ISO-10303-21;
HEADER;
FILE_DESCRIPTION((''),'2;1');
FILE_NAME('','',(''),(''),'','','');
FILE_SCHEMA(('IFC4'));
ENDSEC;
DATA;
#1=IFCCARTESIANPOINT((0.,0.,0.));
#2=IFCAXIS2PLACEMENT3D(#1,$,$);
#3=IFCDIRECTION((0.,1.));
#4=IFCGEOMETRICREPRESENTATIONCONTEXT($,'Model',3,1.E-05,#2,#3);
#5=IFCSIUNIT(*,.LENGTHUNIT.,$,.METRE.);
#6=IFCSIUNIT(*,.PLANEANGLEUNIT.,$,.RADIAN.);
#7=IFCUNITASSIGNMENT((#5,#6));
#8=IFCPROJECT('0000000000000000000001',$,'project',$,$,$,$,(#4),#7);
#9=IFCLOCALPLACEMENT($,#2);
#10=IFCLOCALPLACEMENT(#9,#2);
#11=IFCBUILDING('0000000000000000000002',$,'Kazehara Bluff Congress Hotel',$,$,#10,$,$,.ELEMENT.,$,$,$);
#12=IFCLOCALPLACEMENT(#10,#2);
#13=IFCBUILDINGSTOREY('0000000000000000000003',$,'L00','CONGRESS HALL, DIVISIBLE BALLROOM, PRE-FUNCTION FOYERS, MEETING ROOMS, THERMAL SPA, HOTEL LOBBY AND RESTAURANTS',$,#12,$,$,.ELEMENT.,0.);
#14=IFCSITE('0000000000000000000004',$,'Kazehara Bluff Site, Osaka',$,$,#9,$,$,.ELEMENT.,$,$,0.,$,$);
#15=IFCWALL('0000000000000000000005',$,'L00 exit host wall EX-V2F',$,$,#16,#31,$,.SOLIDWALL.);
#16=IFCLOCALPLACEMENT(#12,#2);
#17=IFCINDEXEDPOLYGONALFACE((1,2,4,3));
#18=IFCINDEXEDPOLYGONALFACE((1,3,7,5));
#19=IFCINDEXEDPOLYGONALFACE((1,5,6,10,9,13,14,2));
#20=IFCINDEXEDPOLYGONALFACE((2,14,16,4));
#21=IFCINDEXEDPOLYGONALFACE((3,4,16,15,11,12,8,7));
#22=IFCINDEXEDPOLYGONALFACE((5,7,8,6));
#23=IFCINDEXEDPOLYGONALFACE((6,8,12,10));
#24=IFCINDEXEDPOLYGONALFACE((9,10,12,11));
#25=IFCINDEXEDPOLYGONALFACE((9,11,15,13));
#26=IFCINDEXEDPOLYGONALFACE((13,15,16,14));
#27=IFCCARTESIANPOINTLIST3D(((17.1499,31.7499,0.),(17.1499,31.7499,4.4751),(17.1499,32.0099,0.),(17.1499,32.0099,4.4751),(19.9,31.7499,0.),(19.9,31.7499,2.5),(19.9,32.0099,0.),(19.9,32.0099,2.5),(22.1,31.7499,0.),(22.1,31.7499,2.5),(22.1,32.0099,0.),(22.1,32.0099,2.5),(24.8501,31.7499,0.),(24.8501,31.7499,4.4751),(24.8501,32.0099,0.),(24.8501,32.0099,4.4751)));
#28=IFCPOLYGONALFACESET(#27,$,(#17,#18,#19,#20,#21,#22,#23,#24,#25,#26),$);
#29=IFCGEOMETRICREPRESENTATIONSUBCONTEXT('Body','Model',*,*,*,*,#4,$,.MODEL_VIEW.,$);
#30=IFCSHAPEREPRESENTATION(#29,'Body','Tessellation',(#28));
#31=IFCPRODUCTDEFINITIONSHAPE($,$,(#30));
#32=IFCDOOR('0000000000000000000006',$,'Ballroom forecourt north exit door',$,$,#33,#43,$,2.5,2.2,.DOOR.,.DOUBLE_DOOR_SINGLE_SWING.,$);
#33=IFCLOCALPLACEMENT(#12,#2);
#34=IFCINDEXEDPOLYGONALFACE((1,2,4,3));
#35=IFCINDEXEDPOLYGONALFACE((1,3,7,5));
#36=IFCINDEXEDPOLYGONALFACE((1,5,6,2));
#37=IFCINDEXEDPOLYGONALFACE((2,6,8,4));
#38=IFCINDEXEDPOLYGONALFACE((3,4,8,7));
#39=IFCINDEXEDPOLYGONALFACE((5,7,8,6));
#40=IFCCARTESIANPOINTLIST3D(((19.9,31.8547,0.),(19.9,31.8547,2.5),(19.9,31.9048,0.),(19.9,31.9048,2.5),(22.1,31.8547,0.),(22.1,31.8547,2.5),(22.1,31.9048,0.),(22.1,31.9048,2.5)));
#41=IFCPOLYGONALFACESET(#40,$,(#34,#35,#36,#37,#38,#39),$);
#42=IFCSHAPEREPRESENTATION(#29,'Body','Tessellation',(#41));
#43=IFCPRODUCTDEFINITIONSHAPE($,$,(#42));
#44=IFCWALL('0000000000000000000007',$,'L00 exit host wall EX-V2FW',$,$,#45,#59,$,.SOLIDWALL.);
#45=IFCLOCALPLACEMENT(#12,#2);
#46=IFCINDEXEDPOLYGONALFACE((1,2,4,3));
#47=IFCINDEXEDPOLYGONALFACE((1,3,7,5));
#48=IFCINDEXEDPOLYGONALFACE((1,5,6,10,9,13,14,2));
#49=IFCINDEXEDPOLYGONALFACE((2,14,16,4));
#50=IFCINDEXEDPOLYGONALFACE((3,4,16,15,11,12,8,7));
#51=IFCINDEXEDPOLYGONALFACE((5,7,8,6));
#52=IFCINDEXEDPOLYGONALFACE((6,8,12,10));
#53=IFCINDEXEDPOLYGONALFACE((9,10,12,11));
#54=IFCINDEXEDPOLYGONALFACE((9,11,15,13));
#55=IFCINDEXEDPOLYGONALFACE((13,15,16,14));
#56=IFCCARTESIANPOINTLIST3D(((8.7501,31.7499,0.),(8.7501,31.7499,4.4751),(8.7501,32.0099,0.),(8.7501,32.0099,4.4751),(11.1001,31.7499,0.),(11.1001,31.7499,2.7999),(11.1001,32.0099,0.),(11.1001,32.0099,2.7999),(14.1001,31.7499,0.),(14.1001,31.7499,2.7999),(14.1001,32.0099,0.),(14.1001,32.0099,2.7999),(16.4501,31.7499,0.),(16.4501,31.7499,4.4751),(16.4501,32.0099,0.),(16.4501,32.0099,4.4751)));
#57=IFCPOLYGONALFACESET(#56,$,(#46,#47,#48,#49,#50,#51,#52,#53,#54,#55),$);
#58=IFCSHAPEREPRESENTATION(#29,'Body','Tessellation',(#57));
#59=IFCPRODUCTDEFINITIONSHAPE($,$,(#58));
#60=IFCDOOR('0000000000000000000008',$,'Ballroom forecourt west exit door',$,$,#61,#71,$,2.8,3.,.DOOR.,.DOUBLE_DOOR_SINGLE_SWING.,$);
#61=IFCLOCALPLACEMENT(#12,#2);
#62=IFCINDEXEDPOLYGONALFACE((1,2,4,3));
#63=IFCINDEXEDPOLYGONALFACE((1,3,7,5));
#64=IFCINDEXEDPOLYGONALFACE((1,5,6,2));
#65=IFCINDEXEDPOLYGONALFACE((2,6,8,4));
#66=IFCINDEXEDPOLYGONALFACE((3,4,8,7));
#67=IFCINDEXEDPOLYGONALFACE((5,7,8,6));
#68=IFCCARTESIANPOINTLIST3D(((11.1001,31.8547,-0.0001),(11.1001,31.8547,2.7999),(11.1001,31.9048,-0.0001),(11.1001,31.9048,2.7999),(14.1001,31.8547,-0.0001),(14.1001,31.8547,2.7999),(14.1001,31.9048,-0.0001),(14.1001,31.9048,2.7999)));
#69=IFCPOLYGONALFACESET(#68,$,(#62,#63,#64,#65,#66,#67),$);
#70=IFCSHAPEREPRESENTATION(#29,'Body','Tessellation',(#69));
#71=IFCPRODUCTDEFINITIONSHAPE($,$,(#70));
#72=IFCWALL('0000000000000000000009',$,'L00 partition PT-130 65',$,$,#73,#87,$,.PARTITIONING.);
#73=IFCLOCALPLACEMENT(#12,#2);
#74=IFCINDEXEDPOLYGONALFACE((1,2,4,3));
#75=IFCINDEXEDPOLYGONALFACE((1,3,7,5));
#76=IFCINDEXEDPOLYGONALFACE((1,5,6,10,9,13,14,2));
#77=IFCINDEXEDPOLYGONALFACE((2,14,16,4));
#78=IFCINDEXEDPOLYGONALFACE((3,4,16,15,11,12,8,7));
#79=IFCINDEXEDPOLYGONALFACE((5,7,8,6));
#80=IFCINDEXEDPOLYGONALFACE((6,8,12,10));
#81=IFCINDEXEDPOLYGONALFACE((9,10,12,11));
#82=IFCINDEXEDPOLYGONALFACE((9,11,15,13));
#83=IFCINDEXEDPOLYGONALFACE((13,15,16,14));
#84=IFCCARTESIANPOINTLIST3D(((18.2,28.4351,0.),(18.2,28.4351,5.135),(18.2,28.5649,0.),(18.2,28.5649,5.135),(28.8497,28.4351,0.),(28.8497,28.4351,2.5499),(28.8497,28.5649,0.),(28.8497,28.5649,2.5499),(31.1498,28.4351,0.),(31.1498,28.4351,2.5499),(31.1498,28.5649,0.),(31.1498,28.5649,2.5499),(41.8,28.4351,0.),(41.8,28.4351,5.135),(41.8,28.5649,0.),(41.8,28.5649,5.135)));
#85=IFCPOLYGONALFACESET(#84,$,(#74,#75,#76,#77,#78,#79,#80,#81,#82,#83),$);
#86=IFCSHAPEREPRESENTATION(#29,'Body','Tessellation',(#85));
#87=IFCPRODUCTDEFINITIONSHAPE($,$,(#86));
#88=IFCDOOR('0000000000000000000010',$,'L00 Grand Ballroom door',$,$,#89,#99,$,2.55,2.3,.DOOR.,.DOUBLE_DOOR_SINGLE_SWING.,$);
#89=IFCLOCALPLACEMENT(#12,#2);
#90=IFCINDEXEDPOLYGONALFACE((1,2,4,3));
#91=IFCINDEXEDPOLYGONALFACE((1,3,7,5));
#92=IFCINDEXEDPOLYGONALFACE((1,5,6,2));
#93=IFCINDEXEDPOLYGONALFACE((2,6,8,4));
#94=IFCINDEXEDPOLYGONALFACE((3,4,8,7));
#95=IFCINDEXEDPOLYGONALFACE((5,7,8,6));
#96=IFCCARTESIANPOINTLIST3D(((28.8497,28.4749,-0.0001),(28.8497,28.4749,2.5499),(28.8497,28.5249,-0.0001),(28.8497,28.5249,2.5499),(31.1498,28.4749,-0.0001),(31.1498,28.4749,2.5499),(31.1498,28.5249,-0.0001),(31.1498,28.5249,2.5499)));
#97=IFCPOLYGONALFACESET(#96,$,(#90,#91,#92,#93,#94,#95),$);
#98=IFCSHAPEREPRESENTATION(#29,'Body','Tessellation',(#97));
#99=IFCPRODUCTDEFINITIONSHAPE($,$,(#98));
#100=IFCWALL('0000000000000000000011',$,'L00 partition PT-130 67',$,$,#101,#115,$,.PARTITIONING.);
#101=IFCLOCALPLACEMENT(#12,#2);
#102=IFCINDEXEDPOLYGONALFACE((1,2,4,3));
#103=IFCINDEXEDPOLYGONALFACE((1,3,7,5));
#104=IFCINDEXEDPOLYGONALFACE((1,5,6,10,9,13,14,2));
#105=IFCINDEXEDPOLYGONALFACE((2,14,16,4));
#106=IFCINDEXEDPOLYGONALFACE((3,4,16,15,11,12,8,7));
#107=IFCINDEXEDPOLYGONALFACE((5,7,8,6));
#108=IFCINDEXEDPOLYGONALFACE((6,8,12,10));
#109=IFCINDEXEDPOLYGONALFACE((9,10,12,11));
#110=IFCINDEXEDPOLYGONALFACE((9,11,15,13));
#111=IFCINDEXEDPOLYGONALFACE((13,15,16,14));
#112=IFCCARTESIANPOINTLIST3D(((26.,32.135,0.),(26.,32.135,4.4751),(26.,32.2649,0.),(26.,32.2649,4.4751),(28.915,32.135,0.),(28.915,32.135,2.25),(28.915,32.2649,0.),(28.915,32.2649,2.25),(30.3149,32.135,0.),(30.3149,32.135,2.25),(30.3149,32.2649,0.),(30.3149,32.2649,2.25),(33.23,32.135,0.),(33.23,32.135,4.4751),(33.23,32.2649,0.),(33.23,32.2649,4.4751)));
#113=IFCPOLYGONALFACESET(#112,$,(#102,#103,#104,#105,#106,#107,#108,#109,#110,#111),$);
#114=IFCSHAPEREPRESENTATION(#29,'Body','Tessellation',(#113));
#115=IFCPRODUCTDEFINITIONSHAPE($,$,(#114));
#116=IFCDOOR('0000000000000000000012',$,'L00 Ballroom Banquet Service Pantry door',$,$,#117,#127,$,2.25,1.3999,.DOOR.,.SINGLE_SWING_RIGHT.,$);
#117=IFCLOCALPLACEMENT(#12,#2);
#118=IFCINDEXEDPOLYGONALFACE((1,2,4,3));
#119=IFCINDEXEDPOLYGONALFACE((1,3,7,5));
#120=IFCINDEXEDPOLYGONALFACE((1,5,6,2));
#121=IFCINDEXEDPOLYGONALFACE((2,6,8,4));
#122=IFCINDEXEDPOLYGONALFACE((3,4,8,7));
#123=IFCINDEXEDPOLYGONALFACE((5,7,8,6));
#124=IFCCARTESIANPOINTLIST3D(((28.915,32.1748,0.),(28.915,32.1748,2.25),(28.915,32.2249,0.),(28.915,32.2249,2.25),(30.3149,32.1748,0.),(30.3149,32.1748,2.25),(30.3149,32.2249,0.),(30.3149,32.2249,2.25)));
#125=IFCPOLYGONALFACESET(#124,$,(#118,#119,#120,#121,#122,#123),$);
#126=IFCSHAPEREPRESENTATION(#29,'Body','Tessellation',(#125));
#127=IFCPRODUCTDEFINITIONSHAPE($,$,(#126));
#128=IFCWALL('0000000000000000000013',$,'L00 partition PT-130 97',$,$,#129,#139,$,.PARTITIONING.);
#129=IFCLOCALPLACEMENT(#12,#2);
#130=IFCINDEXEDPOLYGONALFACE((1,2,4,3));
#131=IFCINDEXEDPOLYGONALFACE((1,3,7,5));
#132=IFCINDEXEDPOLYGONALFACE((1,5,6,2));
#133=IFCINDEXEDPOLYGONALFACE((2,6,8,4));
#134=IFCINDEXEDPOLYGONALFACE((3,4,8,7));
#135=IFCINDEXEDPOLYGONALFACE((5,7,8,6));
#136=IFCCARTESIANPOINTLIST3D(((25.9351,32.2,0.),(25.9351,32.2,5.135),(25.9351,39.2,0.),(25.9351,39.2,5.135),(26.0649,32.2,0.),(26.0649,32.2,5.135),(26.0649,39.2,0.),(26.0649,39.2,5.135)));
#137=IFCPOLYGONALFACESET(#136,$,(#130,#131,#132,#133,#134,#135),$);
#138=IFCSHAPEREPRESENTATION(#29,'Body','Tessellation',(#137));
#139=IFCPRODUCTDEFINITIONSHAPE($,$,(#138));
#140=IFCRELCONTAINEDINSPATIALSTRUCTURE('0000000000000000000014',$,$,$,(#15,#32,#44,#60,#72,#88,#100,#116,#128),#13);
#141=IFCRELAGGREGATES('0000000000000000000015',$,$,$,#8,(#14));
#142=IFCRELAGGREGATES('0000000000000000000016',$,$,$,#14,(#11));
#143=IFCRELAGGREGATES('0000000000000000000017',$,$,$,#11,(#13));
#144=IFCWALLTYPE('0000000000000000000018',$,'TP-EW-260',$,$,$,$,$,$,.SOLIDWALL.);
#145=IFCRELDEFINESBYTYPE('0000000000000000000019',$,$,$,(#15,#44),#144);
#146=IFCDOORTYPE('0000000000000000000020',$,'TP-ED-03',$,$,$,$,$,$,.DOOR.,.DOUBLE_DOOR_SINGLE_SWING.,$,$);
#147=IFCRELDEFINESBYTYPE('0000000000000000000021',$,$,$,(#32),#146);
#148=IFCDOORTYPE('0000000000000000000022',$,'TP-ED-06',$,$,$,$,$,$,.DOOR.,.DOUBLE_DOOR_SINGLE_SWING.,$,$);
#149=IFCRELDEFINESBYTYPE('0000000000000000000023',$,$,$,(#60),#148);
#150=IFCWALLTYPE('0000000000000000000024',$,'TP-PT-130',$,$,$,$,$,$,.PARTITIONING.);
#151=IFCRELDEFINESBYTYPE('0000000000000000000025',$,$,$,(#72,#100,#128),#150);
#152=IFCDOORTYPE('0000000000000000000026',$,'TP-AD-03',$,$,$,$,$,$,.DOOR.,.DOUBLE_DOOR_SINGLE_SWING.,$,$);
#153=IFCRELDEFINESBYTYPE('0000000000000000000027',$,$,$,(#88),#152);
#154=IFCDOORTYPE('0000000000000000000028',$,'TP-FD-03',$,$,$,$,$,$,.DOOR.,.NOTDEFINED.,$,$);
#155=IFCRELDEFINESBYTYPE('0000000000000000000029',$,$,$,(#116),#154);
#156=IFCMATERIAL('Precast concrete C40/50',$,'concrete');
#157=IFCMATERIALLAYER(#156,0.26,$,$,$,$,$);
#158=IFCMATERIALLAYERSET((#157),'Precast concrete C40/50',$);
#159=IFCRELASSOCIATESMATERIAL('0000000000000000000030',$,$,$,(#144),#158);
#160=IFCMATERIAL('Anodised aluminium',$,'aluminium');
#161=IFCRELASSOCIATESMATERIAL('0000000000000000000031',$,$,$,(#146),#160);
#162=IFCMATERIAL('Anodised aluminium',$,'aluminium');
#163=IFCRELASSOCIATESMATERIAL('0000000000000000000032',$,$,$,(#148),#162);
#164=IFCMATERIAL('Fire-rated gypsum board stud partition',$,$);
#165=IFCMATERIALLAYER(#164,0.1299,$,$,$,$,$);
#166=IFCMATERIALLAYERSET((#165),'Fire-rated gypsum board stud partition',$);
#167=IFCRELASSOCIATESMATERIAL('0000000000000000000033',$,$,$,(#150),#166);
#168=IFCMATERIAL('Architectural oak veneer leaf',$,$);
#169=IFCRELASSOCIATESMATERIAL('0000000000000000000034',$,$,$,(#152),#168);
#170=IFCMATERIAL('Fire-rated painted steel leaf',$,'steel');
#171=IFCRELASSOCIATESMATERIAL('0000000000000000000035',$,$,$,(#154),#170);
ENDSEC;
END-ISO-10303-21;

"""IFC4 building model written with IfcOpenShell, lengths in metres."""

from ifc_helpers import new_model, si_unit, direction, frame, frame_2d, origin, place, context, subcontext, project, spatial, rectangle, extrude, material, layer, layer_set, type_object, element, fill, save


model = new_model("IFC4")

# Units and contexts
model_context = context("Model", 3, precision=1e-05, world=origin(), true_north=direction((0.0, 1.0)))
body_context = subcontext(model_context, "Body", "Model", "MODEL_VIEW")
ifc_project = project(units=[si_unit("LENGTHUNIT", "METRE"), si_unit("PLANEANGLEUNIT", "RADIAN")], contexts=[model_context])

# Site, building, storey
site_placement = place(None, origin())
site = spatial("IfcSite", under=ifc_project, at=site_placement, Name="Kazehara Bluff Site, Osaka", CompositionType="ELEMENT", RefElevation=0.0)
building_placement = place(site_placement, origin())
building = spatial("IfcBuilding", under=site, at=building_placement, Name="Kazehara Bluff Congress Hotel", CompositionType="ELEMENT")
storey_placement = place(building_placement, origin())
storey = spatial("IfcBuildingStorey", under=building, at=storey_placement, Name="L00", Description="CONGRESS HALL, DIVISIBLE BALLROOM, PRE-FUNCTION FOYERS, MEETING ROOMS, THERMAL SPA, HOTEL LOBBY AND RESTAURANTS", CompositionType="ELEMENT", Elevation=0.0)

# Walls, openings, doors
ifc_material_1 = material(Name="Precast concrete C40/50", Category="concrete")
ifc_layer_1 = layer(ifc_material_1, 0.26)
ifc_layer_set_1 = layer_set([ifc_layer_1], Name="Precast concrete C40/50")
wall_type_1 = type_object("IfcWallType", Name="TP-EW-260", PredefinedType="SOLIDWALL", material=ifc_layer_set_1)
wall_1_placement = place(storey_placement, frame((17.1499, 31.8799, 0.0), z_axis=(0.0, 0.0, 1.0), x_axis=(1.0, 0.0, 0.0)))
wall_1 = element("IfcWall", 1, at=wall_1_placement, inside=storey, type_object=wall_type_1, Name="L00 exit host wall EX-V2F", PredefinedType="SOLIDWALL", context=body_context, shape_type="SweptSolid", body=[
    extrude(rectangle(XDim=7.7002, YDim=0.26, at=frame_2d((3.8501, 0.0))), origin(), (0.0, 0.0, 1.0), 4.4751),
])
opening_1_placement = place(wall_1_placement, frame((2.75, 0.0, 0.0)))
opening_1 = element("IfcOpeningElement", 2, at=opening_1_placement, cuts=wall_1, PredefinedType="OPENING", context=body_context, shape_type="SweptSolid", body=[
    extrude(rectangle(XDim=2.2, YDim=2.5, at=frame_2d((1.1001, 1.25))), frame((0.0, 0.1399, 0.0), z_axis=(0.0, -1.0, 0.0), x_axis=(1.0, 0.0, 0.0)), (0.0, 0.0, 1.0), 0.28),
])
ifc_material_2 = material(Name="Anodised aluminium", Category="aluminium")
door_type_1 = type_object("IfcDoorType", Name="TP-ED-03", OperationType="DOUBLE_DOOR_SINGLE_SWING", PredefinedType="DOOR", material=ifc_material_2)
door_1_placement = place(opening_1_placement, origin())
door_1 = element("IfcDoor", 3, at=door_1_placement, inside=storey, type_object=door_type_1, Name="Ballroom forecourt north exit door", OperationType="DOUBLE_DOOR_SINGLE_SWING", OverallHeight=2.5, OverallWidth=2.2, PredefinedType="DOOR", context=body_context, shape_type="SweptSolid", body=[
    extrude(rectangle(XDim=2.2, YDim=2.5, at=frame_2d((1.1001, 1.25))), frame((0.0, 0.0249, 0.0), z_axis=(0.0, -1.0, 0.0), x_axis=(1.0, 0.0, 0.0)), (0.0, 0.0, 1.0), 0.05),
])
fill(opening_1, door_1)
wall_2_placement = place(storey_placement, frame((8.75, 31.8799, 0.0), z_axis=(0.0, 0.0, 1.0), x_axis=(1.0, 0.0, 0.0)))
wall_2 = element("IfcWall", 4, at=wall_2_placement, inside=storey, type_object=wall_type_1, Name="L00 exit host wall EX-V2FW", PredefinedType="SOLIDWALL", context=body_context, shape_type="SweptSolid", body=[
    extrude(rectangle(XDim=7.7, YDim=0.26, at=frame_2d((3.8501, 0.0))), origin(), (0.0, 0.0, 1.0), 4.4751),
])
opening_2_placement = place(wall_2_placement, frame((2.3501, 0.0, 0.0)))
opening_2 = element("IfcOpeningElement", 5, at=opening_2_placement, cuts=wall_2, PredefinedType="OPENING", context=body_context, shape_type="SweptSolid", body=[
    extrude(rectangle(XDim=3.0, YDim=2.8, at=frame_2d((1.5, 1.3999))), frame((0.0, 0.1399, 0.0), z_axis=(0.0, -1.0, 0.0), x_axis=(1.0, 0.0, 0.0)), (0.0, 0.0, 1.0), 0.28),
])
ifc_material_3 = material(Name="Anodised aluminium", Category="aluminium")
door_type_2 = type_object("IfcDoorType", Name="TP-ED-06", OperationType="DOUBLE_DOOR_SINGLE_SWING", PredefinedType="DOOR", material=ifc_material_3)
door_2_placement = place(opening_2_placement, origin())
door_2 = element("IfcDoor", 6, at=door_2_placement, inside=storey, type_object=door_type_2, Name="Ballroom forecourt west exit door", OperationType="DOUBLE_DOOR_SINGLE_SWING", OverallHeight=2.8, OverallWidth=3.0, PredefinedType="DOOR", context=body_context, shape_type="SweptSolid", body=[
    extrude(rectangle(XDim=3.0, YDim=2.8, at=frame_2d((1.5, 1.3999))), frame((0.0, 0.0249, 0.0), z_axis=(0.0, -1.0, 0.0), x_axis=(1.0, 0.0, 0.0)), (0.0, 0.0, 1.0), 0.05),
])
fill(opening_2, door_2)
ifc_material_4 = material(Name="Fire-rated gypsum board stud partition")
ifc_layer_2 = layer(ifc_material_4, 0.1299)
ifc_layer_set_2 = layer_set([ifc_layer_2], Name="Fire-rated gypsum board stud partition")
wall_type_2 = type_object("IfcWallType", Name="TP-PT-130", PredefinedType="PARTITIONING", material=ifc_layer_set_2)
wall_3_placement = place(storey_placement, frame((18.2, 28.5, 0.0), z_axis=(0.0, 0.0, 1.0), x_axis=(1.0, 0.0, 0.0)))
wall_3 = element("IfcWall", 7, at=wall_3_placement, inside=storey, type_object=wall_type_2, Name="L00 partition PT-130 65", PredefinedType="PARTITIONING", context=body_context, shape_type="SweptSolid", body=[
    extrude(rectangle(XDim=23.6001, YDim=0.1299, at=frame_2d((11.8, 0.0))), origin(), (0.0, 0.0, 1.0), 5.135),
])
opening_3_placement = place(wall_3_placement, frame((10.6499, 0.0, 0.0)))
opening_3 = element("IfcOpeningElement", 8, at=opening_3_placement, cuts=wall_3, PredefinedType="OPENING", context=body_context, shape_type="SweptSolid", body=[
    extrude(rectangle(XDim=2.3, YDim=2.55, at=frame_2d((1.1499, 1.2749))), frame((0.0, 0.075, 0.0), z_axis=(0.0, -1.0, 0.0), x_axis=(1.0, 0.0, 0.0)), (0.0, 0.0, 1.0), 0.1499),
])
ifc_material_5 = material(Name="Architectural oak veneer leaf")
door_type_3 = type_object("IfcDoorType", Name="TP-AD-03", OperationType="DOUBLE_DOOR_SINGLE_SWING", PredefinedType="DOOR", material=ifc_material_5)
door_3_placement = place(opening_3_placement, origin())
door_3 = element("IfcDoor", 9, at=door_3_placement, inside=storey, type_object=door_type_3, Name="L00 Grand Ballroom door", OperationType="DOUBLE_DOOR_SINGLE_SWING", OverallHeight=2.55, OverallWidth=2.3, PredefinedType="DOOR", context=body_context, shape_type="SweptSolid", body=[
    extrude(rectangle(XDim=2.3, YDim=2.55, at=frame_2d((1.1499, 1.2749))), frame((0.0, 0.0249, 0.0), z_axis=(0.0, -1.0, 0.0), x_axis=(1.0, 0.0, 0.0)), (0.0, 0.0, 1.0), 0.05),
])
fill(opening_3, door_3)
wall_4_placement = place(storey_placement, frame((26.0, 32.2, 0.0), z_axis=(0.0, 0.0, 1.0), x_axis=(1.0, 0.0, 0.0)))
wall_4 = element("IfcWall", 10, at=wall_4_placement, inside=storey, type_object=wall_type_2, Name="L00 partition PT-130 67", PredefinedType="PARTITIONING", context=body_context, shape_type="SweptSolid", body=[
    extrude(rectangle(XDim=7.23, YDim=0.1299, at=frame_2d((3.615, 0.0))), origin(), (0.0, 0.0, 1.0), 4.4751),
])
opening_4_placement = place(wall_4_placement, frame((2.915, 0.0, 0.0)))
opening_4 = element("IfcOpeningElement", 11, at=opening_4_placement, cuts=wall_4, PredefinedType="OPENING", context=body_context, shape_type="SweptSolid", body=[
    extrude(rectangle(XDim=1.3999, YDim=2.25, at=frame_2d((0.7, 1.125))), frame((0.0, 0.075, 0.0), z_axis=(0.0, -1.0, 0.0), x_axis=(1.0, 0.0, 0.0)), (0.0, 0.0, 1.0), 0.1499),
])
ifc_material_6 = material(Name="Fire-rated painted steel leaf", Category="steel")
door_type_4 = type_object("IfcDoorType", Name="TP-FD-03", OperationType="NOTDEFINED", PredefinedType="DOOR", material=ifc_material_6)
door_4_placement = place(opening_4_placement, origin())
door_4 = element("IfcDoor", 12, at=door_4_placement, inside=storey, type_object=door_type_4, Name="L00 Ballroom Banquet Service Pantry door", OperationType="SINGLE_SWING_RIGHT", OverallHeight=2.25, OverallWidth=1.3999, PredefinedType="DOOR", context=body_context, shape_type="SweptSolid", body=[
    extrude(rectangle(XDim=1.3999, YDim=2.25, at=frame_2d((0.7, 1.125))), frame((0.0, 0.0249, 0.0), z_axis=(0.0, -1.0, 0.0), x_axis=(1.0, 0.0, 0.0)), (0.0, 0.0, 1.0), 0.05),
])
fill(opening_4, door_4)

# Wall
wall_5_placement = place(storey_placement, frame((26.0, 32.2, 0.0), z_axis=(0.0, 0.0, 1.0), x_axis=(0.0, 1.0, 0.0)))
element("IfcWall", 13, at=wall_5_placement, inside=storey, type_object=wall_type_2, Name="L00 partition PT-130 97", PredefinedType="PARTITIONING", context=body_context, shape_type="SweptSolid", body=[
    extrude(rectangle(XDim=7.0, YDim=0.1299, at=frame_2d((3.5, 0.0))), origin(), (0.0, 0.0, 1.0), 5.135),
])

save(model, "model.ifc")
